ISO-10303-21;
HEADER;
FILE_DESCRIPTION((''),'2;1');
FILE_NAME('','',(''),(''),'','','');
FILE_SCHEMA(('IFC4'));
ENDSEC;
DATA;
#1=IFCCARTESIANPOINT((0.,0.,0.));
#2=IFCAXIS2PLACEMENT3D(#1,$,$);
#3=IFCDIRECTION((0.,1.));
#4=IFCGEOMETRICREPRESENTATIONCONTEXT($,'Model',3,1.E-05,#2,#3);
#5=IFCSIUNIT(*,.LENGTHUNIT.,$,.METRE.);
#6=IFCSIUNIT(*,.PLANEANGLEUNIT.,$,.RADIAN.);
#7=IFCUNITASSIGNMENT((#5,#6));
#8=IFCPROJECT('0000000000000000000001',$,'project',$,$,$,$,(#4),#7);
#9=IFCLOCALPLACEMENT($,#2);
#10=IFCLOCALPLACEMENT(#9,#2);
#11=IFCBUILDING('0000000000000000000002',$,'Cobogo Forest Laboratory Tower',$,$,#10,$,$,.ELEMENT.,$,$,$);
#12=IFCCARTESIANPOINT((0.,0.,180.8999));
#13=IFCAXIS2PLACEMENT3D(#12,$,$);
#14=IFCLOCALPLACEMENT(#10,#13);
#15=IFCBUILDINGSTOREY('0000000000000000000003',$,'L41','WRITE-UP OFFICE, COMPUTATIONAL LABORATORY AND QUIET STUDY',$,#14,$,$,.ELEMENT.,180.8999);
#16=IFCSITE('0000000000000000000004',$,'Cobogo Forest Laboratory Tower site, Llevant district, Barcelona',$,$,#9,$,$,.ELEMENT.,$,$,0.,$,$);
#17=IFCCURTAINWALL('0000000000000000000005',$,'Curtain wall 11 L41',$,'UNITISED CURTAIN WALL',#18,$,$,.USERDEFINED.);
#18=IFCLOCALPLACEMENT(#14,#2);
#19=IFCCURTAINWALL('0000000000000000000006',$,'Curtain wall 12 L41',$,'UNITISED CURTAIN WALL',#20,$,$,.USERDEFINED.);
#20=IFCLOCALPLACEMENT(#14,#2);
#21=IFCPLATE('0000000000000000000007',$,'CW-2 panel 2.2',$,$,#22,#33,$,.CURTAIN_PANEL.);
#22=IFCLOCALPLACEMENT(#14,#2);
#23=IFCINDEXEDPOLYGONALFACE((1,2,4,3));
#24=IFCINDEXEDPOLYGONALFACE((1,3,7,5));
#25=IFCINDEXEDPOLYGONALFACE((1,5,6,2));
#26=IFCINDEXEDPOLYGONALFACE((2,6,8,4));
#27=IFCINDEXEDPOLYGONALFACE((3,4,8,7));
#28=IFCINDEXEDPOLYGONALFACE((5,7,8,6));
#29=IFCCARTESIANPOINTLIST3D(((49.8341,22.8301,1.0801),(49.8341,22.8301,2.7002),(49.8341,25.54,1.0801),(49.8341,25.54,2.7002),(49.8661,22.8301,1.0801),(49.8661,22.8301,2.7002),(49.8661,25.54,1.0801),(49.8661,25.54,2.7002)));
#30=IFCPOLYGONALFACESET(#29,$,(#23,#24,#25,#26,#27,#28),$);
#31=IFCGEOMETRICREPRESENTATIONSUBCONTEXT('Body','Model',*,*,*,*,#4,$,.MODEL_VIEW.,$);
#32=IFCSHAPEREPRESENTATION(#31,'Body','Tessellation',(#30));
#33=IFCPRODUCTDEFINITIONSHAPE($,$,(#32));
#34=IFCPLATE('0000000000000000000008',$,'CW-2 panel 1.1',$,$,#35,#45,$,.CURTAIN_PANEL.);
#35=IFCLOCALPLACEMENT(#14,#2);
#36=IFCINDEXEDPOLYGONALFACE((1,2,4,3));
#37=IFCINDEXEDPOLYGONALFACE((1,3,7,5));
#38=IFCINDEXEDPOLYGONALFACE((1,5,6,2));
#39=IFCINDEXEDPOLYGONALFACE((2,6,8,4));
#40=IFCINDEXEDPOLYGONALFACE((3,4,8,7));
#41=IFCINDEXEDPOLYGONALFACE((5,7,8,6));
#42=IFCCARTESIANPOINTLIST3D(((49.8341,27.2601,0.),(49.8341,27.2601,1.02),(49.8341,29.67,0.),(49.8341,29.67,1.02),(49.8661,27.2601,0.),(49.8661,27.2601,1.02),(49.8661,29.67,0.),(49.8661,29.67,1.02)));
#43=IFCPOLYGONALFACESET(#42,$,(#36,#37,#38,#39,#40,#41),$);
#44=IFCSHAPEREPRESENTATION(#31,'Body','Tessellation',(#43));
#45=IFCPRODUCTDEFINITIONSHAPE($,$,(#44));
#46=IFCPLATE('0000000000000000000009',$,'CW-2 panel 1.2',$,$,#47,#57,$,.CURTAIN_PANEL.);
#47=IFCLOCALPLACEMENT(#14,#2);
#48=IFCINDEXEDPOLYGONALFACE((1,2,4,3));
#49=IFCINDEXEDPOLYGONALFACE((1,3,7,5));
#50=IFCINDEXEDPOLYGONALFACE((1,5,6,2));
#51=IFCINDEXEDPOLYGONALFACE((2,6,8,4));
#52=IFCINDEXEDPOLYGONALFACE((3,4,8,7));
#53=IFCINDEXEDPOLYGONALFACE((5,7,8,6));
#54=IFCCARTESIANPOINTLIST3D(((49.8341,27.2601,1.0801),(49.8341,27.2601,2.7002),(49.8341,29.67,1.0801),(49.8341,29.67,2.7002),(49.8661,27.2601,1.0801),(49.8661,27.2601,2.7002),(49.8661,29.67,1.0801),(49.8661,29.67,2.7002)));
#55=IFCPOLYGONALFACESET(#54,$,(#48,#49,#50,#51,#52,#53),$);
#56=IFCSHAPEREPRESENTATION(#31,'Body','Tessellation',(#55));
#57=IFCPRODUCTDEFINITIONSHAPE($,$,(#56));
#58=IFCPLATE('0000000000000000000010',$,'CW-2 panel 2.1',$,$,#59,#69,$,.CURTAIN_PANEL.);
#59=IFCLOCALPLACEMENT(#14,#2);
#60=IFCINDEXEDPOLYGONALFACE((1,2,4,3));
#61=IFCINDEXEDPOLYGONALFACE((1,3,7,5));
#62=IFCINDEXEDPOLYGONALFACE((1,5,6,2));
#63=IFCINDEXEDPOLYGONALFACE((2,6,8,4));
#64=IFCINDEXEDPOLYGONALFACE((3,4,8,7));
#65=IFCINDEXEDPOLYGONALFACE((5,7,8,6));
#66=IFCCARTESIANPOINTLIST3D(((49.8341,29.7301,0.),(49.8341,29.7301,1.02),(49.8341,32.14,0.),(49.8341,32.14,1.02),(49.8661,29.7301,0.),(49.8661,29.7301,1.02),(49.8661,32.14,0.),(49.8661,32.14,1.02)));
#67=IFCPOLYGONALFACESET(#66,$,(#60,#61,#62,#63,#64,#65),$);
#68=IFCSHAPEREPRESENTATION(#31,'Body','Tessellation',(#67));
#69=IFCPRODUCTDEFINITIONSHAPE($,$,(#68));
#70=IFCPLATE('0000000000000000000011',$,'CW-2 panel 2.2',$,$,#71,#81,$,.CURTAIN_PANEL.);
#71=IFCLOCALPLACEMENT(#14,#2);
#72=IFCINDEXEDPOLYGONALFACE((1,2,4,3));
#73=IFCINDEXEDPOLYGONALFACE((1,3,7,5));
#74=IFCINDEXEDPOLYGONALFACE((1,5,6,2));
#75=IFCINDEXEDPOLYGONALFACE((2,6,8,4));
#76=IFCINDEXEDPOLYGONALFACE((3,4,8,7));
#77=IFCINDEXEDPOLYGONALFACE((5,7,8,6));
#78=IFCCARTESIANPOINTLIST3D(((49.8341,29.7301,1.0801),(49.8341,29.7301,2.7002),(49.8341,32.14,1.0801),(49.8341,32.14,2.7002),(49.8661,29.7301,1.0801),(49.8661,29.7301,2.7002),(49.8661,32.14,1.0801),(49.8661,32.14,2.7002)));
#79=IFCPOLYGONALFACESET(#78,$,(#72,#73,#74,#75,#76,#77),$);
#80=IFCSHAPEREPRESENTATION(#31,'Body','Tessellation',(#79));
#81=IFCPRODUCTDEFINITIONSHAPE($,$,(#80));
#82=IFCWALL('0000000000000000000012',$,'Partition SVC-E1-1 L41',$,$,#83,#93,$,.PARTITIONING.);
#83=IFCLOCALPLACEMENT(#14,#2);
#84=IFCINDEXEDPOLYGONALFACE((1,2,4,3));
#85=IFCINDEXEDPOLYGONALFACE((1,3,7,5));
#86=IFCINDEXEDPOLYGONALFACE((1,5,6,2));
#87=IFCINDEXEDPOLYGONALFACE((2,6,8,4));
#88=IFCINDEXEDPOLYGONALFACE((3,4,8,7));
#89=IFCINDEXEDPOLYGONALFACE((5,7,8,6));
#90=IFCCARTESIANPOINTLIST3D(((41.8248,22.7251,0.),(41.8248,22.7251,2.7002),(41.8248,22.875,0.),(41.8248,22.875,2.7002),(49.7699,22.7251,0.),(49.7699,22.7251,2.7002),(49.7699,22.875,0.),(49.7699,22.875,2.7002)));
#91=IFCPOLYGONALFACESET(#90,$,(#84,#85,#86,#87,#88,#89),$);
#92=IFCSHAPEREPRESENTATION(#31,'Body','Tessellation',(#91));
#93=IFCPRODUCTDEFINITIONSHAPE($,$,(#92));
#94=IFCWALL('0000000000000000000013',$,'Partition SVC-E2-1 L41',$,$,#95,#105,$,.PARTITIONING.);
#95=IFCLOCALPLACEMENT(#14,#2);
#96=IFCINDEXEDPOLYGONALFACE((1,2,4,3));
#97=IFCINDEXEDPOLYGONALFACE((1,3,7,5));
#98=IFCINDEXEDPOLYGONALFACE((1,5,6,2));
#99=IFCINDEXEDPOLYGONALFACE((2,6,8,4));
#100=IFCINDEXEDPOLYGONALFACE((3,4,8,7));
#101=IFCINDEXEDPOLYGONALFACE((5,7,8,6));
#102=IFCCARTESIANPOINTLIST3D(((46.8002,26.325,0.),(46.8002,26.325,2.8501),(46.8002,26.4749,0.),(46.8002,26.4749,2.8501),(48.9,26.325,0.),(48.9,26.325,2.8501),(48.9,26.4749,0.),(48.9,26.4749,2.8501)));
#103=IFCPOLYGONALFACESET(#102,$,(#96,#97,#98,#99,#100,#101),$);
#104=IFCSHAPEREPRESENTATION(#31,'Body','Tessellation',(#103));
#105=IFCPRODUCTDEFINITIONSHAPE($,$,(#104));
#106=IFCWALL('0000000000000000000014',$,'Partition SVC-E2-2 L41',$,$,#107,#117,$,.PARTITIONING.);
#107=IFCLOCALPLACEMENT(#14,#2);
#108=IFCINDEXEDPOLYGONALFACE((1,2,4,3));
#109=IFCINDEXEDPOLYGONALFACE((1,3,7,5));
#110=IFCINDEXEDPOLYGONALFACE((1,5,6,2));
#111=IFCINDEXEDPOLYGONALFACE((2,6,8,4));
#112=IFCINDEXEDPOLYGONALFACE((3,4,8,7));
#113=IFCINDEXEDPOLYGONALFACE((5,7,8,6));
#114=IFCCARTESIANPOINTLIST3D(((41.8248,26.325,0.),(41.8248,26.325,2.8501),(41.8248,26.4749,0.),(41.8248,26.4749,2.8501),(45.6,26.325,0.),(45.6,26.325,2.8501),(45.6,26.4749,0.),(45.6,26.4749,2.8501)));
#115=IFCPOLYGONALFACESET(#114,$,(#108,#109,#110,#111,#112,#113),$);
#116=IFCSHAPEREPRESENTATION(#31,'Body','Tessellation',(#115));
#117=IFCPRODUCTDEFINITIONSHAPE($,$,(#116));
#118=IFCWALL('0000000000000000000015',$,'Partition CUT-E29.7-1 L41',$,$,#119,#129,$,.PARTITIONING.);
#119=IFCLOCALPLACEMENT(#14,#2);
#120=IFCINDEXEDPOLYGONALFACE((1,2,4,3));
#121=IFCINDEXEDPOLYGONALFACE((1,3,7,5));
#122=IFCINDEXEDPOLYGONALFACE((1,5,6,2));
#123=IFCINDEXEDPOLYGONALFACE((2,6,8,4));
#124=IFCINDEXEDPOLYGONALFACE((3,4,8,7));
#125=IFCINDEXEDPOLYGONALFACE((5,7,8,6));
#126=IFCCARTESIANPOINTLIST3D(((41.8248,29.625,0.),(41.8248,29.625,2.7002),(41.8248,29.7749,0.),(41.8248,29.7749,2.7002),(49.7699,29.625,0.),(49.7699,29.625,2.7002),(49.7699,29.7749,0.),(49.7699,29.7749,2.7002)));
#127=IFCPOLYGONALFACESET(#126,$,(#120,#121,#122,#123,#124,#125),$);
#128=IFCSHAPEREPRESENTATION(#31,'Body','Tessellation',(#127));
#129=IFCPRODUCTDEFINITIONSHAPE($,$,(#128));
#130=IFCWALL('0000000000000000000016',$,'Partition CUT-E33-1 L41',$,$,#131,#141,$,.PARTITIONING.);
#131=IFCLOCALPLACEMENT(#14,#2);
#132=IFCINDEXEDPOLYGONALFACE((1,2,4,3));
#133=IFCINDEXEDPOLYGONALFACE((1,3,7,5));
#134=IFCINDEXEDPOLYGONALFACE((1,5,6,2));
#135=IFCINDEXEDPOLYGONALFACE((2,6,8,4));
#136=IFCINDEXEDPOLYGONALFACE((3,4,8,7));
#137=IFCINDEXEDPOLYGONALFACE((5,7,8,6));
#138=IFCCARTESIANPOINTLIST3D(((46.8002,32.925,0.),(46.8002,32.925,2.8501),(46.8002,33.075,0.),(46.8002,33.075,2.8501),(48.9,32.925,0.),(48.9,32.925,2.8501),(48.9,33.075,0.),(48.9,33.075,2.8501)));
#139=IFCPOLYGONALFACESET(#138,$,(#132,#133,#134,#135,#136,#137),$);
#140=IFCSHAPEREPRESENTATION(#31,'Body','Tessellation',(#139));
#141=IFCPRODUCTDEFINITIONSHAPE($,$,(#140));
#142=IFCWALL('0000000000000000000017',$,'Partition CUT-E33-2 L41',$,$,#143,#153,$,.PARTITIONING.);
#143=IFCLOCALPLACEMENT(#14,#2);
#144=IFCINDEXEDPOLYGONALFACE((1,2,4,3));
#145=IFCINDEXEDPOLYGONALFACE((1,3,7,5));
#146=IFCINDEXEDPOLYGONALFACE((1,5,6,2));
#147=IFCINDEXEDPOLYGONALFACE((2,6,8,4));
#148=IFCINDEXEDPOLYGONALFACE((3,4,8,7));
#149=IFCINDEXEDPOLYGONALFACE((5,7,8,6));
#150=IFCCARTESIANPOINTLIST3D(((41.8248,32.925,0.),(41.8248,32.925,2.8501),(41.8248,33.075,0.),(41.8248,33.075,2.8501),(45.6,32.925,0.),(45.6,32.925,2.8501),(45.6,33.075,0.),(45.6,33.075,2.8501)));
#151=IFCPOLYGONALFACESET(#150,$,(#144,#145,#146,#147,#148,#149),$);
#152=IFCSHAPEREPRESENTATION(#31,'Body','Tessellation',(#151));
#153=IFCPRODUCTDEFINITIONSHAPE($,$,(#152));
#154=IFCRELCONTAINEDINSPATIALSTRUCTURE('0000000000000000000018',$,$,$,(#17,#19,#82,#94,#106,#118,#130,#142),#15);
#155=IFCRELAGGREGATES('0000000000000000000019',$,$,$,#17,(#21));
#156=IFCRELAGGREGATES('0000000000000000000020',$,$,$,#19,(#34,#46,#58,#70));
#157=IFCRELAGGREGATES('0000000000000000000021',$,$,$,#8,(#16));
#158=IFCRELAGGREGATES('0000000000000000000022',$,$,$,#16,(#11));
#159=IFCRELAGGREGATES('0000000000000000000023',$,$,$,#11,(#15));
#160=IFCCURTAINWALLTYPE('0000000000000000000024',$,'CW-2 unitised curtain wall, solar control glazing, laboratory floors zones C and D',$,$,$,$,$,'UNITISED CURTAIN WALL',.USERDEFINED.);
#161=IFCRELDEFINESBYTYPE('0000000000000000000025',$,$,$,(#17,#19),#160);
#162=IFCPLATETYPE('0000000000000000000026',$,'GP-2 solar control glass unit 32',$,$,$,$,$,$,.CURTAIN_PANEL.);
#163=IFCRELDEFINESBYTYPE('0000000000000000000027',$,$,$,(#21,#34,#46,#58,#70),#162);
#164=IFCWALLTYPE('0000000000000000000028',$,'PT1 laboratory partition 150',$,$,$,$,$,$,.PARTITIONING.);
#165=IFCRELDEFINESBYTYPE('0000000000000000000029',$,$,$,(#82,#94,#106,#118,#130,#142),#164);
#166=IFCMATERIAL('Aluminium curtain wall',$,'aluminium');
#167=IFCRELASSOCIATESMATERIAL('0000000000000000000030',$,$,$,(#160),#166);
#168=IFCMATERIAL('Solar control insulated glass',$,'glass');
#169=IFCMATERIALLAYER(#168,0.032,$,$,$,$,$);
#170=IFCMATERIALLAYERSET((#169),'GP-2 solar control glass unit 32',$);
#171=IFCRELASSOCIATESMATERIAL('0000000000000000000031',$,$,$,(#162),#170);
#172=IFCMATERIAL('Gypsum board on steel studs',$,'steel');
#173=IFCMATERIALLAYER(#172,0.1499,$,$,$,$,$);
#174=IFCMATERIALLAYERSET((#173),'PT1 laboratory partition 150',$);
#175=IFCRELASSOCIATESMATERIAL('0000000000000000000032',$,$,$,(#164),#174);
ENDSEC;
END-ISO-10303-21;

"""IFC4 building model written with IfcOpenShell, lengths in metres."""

from ifc_helpers import new_model, si_unit, direction, frame, frame_2d, origin, origin_2d, place, context, subcontext, project, spatial, rectangle, extrude, material, layer, layer_set, type_object, element, aggregate, save


model = new_model("IFC4")

# Units and contexts
model_context = context("Model", 3, precision=1e-05, world=origin(), true_north=direction((0.0, 1.0)))
body_context = subcontext(model_context, "Body", "Model", "MODEL_VIEW")
ifc_project = project(units=[si_unit("LENGTHUNIT", "METRE"), si_unit("PLANEANGLEUNIT", "RADIAN")], contexts=[model_context])

# Site, building, storey
site_placement = place(None, origin())
site = spatial("IfcSite", under=ifc_project, at=site_placement, Name="Cobogo Forest Laboratory Tower site, Llevant district, Barcelona", CompositionType="ELEMENT", RefElevation=0.0)
building_placement = place(site_placement, origin())
building = spatial("IfcBuilding", under=site, at=building_placement, Name="Cobogo Forest Laboratory Tower", CompositionType="ELEMENT")
storey_placement = place(building_placement, frame((0.0, 0.0, 180.8999)))
storey = spatial("IfcBuildingStorey", under=building, at=storey_placement, Name="L41", Description="WRITE-UP OFFICE, COMPUTATIONAL LABORATORY AND QUIET STUDY", CompositionType="ELEMENT", Elevation=180.8999)

# Curtain walls
ifc_material_1 = material(Name="Aluminium curtain wall", Category="aluminium")
curtain_wall_type = type_object("IfcCurtainWallType", Name="CW-2 unitised curtain wall, solar control glazing, laboratory floors zones C and D", ElementType="UNITISED CURTAIN WALL", PredefinedType="USERDEFINED", material=ifc_material_1)
curtain_wall_1_placement = place(storey_placement, origin())
curtain_wall_1 = element("IfcCurtainWall", 1, at=curtain_wall_1_placement, inside=storey, type_object=curtain_wall_type, Name="Curtain wall 11 L41", ObjectType="UNITISED CURTAIN WALL", PredefinedType="USERDEFINED")
curtain_wall_2_placement = place(storey_placement, origin())
curtain_wall_2 = element("IfcCurtainWall", 2, at=curtain_wall_2_placement, inside=storey, type_object=curtain_wall_type, Name="Curtain wall 12 L41", ObjectType="UNITISED CURTAIN WALL", PredefinedType="USERDEFINED")

# Plates
ifc_material_2 = material(Name="Solar control insulated glass", Category="glass")
ifc_layer_1 = layer(ifc_material_2, 0.032)
ifc_layer_set_1 = layer_set([ifc_layer_1], Name="GP-2 solar control glass unit 32")
plate_type_1 = type_object("IfcPlateType", Name="GP-2 solar control glass unit 32", PredefinedType="CURTAIN_PANEL", material=ifc_layer_set_1)
plate_1_placement = place(storey_placement, frame((49.8501, 24.1851, 1.0801), z_axis=(0.0, 0.0, 1.0), x_axis=(0.0, 1.0, 0.0)))
plate_1 = element("IfcPlate", 3, at=plate_1_placement, type_object=plate_type_1, Name="CW-2 panel 2.2", PredefinedType="CURTAIN_PANEL", context=body_context, shape_type="SweptSolid", body=[
    extrude(rectangle(XDim=2.71, YDim=0.032, at=origin_2d()), origin(), (0.0, 0.0, 1.0), 1.6201),
])
aggregate(curtain_wall_1, [plate_1])
plate_2_placement = place(storey_placement, frame((49.8501, 28.4651, 0.0), z_axis=(0.0, 0.0, 1.0), x_axis=(0.0, 1.0, 0.0)))
plate_2 = element("IfcPlate", 4, at=plate_2_placement, type_object=plate_type_1, Name="CW-2 panel 1.1", PredefinedType="CURTAIN_PANEL", context=body_context, shape_type="SweptSolid", body=[
    extrude(rectangle(XDim=2.4099, YDim=0.032, at=origin_2d()), origin(), (0.0, 0.0, 1.0), 1.02),
])
plate_3_placement = place(storey_placement, frame((49.8501, 28.4651, 1.0801), z_axis=(0.0, 0.0, 1.0), x_axis=(0.0, 1.0, 0.0)))
plate_3 = element("IfcPlate", 5, at=plate_3_placement, type_object=plate_type_1, Name="CW-2 panel 1.2", PredefinedType="CURTAIN_PANEL", context=body_context, shape_type="SweptSolid", body=[
    extrude(rectangle(XDim=2.4099, YDim=0.032, at=origin_2d()), origin(), (0.0, 0.0, 1.0), 1.6201),
])
plate_4_placement = place(storey_placement, frame((49.8501, 30.9351, 0.0), z_axis=(0.0, 0.0, 1.0), x_axis=(0.0, 1.0, 0.0)))
plate_4 = element("IfcPlate", 6, at=plate_4_placement, type_object=plate_type_1, Name="CW-2 panel 2.1", PredefinedType="CURTAIN_PANEL", context=body_context, shape_type="SweptSolid", body=[
    extrude(rectangle(XDim=2.4099, YDim=0.032, at=origin_2d()), origin(), (0.0, 0.0, 1.0), 1.02),
])
plate_5_placement = place(storey_placement, frame((49.8501, 30.9351, 1.0801), z_axis=(0.0, 0.0, 1.0), x_axis=(0.0, 1.0, 0.0)))
plate_5 = element("IfcPlate", 7, at=plate_5_placement, type_object=plate_type_1, Name="CW-2 panel 2.2", PredefinedType="CURTAIN_PANEL", context=body_context, shape_type="SweptSolid", body=[
    extrude(rectangle(XDim=2.4099, YDim=0.032, at=origin_2d()), origin(), (0.0, 0.0, 1.0), 1.6201),
])
aggregate(curtain_wall_2, [plate_2, plate_3, plate_4, plate_5])

# Walls
ifc_material_3 = material(Name="Gypsum board on steel studs", Category="steel")
ifc_layer_2 = layer(ifc_material_3, 0.1499)
ifc_layer_set_2 = layer_set([ifc_layer_2], Name="PT1 laboratory partition 150")
wall_type = type_object("IfcWallType", Name="PT1 laboratory partition 150", PredefinedType="PARTITIONING", material=ifc_layer_set_2)
wall_1_placement = place(storey_placement, frame((49.77, 22.8, 0.0), z_axis=(0.0, 0.0, 1.0), x_axis=(-1.0, 0.0, 0.0)))
element("IfcWall", 8, at=wall_1_placement, inside=storey, type_object=wall_type, Name="Partition SVC-E1-1 L41", PredefinedType="PARTITIONING", context=body_context, shape_type="SweptSolid", body=[
    extrude(rectangle(XDim=7.9451, YDim=0.1499, at=frame_2d((3.9727, 0.0))), origin(), (0.0, 0.0, 1.0), 2.7002),
])
wall_2_placement = place(storey_placement, frame((48.8999, 26.3999, 0.0), z_axis=(0.0, 0.0, 1.0), x_axis=(-1.0, 0.0, 0.0)))
element("IfcWall", 9, at=wall_2_placement, inside=storey, type_object=wall_type, Name="Partition SVC-E2-1 L41", PredefinedType="PARTITIONING", context=body_context, shape_type="SweptSolid", body=[
    extrude(rectangle(XDim=2.0999, YDim=0.1499, at=frame_2d((1.0498, 0.0))), origin(), (0.0, 0.0, 1.0), 2.8501),
])
wall_3_placement = place(storey_placement, frame((45.6001, 26.3999, 0.0), z_axis=(0.0, 0.0, 1.0), x_axis=(-1.0, 0.0, 0.0)))
element("IfcWall", 10, at=wall_3_placement, inside=storey, type_object=wall_type, Name="Partition SVC-E2-2 L41", PredefinedType="PARTITIONING", context=body_context, shape_type="SweptSolid", body=[
    extrude(rectangle(XDim=3.7751, YDim=0.1499, at=frame_2d((1.8877, 0.0))), origin(), (0.0, 0.0, 1.0), 2.8501),
])
wall_4_placement = place(storey_placement, frame((49.77, 29.7, 0.0), z_axis=(0.0, 0.0, 1.0), x_axis=(-1.0, 0.0, 0.0)))
element("IfcWall", 11, at=wall_4_placement, inside=storey, type_object=wall_type, Name="Partition CUT-E29.7-1 L41", PredefinedType="PARTITIONING", context=body_context, shape_type="SweptSolid", body=[
    extrude(rectangle(XDim=7.9451, YDim=0.1499, at=frame_2d((3.9727, 0.0))), origin(), (0.0, 0.0, 1.0), 2.7002),
])
wall_5_placement = place(storey_placement, frame((48.8999, 33.0, 0.0), z_axis=(0.0, 0.0, 1.0), x_axis=(-1.0, 0.0, 0.0)))
element("IfcWall", 12, at=wall_5_placement, inside=storey, type_object=wall_type, Name="Partition CUT-E33-1 L41", PredefinedType="PARTITIONING", context=body_context, shape_type="SweptSolid", body=[
    extrude(rectangle(XDim=2.0999, YDim=0.1499, at=frame_2d((1.0498, 0.0))), origin(), (0.0, 0.0, 1.0), 2.8501),
])
wall_6_placement = place(storey_placement, frame((45.6001, 33.0, 0.0), z_axis=(0.0, 0.0, 1.0), x_axis=(-1.0, 0.0, 0.0)))
element("IfcWall", 13, at=wall_6_placement, inside=storey, type_object=wall_type, Name="Partition CUT-E33-2 L41", PredefinedType="PARTITIONING", context=body_context, shape_type="SweptSolid", body=[
    extrude(rectangle(XDim=3.7751, YDim=0.1499, at=frame_2d((1.8877, 0.0))), origin(), (0.0, 0.0, 1.0), 2.8501),
])

save(model, "model.ifc")
